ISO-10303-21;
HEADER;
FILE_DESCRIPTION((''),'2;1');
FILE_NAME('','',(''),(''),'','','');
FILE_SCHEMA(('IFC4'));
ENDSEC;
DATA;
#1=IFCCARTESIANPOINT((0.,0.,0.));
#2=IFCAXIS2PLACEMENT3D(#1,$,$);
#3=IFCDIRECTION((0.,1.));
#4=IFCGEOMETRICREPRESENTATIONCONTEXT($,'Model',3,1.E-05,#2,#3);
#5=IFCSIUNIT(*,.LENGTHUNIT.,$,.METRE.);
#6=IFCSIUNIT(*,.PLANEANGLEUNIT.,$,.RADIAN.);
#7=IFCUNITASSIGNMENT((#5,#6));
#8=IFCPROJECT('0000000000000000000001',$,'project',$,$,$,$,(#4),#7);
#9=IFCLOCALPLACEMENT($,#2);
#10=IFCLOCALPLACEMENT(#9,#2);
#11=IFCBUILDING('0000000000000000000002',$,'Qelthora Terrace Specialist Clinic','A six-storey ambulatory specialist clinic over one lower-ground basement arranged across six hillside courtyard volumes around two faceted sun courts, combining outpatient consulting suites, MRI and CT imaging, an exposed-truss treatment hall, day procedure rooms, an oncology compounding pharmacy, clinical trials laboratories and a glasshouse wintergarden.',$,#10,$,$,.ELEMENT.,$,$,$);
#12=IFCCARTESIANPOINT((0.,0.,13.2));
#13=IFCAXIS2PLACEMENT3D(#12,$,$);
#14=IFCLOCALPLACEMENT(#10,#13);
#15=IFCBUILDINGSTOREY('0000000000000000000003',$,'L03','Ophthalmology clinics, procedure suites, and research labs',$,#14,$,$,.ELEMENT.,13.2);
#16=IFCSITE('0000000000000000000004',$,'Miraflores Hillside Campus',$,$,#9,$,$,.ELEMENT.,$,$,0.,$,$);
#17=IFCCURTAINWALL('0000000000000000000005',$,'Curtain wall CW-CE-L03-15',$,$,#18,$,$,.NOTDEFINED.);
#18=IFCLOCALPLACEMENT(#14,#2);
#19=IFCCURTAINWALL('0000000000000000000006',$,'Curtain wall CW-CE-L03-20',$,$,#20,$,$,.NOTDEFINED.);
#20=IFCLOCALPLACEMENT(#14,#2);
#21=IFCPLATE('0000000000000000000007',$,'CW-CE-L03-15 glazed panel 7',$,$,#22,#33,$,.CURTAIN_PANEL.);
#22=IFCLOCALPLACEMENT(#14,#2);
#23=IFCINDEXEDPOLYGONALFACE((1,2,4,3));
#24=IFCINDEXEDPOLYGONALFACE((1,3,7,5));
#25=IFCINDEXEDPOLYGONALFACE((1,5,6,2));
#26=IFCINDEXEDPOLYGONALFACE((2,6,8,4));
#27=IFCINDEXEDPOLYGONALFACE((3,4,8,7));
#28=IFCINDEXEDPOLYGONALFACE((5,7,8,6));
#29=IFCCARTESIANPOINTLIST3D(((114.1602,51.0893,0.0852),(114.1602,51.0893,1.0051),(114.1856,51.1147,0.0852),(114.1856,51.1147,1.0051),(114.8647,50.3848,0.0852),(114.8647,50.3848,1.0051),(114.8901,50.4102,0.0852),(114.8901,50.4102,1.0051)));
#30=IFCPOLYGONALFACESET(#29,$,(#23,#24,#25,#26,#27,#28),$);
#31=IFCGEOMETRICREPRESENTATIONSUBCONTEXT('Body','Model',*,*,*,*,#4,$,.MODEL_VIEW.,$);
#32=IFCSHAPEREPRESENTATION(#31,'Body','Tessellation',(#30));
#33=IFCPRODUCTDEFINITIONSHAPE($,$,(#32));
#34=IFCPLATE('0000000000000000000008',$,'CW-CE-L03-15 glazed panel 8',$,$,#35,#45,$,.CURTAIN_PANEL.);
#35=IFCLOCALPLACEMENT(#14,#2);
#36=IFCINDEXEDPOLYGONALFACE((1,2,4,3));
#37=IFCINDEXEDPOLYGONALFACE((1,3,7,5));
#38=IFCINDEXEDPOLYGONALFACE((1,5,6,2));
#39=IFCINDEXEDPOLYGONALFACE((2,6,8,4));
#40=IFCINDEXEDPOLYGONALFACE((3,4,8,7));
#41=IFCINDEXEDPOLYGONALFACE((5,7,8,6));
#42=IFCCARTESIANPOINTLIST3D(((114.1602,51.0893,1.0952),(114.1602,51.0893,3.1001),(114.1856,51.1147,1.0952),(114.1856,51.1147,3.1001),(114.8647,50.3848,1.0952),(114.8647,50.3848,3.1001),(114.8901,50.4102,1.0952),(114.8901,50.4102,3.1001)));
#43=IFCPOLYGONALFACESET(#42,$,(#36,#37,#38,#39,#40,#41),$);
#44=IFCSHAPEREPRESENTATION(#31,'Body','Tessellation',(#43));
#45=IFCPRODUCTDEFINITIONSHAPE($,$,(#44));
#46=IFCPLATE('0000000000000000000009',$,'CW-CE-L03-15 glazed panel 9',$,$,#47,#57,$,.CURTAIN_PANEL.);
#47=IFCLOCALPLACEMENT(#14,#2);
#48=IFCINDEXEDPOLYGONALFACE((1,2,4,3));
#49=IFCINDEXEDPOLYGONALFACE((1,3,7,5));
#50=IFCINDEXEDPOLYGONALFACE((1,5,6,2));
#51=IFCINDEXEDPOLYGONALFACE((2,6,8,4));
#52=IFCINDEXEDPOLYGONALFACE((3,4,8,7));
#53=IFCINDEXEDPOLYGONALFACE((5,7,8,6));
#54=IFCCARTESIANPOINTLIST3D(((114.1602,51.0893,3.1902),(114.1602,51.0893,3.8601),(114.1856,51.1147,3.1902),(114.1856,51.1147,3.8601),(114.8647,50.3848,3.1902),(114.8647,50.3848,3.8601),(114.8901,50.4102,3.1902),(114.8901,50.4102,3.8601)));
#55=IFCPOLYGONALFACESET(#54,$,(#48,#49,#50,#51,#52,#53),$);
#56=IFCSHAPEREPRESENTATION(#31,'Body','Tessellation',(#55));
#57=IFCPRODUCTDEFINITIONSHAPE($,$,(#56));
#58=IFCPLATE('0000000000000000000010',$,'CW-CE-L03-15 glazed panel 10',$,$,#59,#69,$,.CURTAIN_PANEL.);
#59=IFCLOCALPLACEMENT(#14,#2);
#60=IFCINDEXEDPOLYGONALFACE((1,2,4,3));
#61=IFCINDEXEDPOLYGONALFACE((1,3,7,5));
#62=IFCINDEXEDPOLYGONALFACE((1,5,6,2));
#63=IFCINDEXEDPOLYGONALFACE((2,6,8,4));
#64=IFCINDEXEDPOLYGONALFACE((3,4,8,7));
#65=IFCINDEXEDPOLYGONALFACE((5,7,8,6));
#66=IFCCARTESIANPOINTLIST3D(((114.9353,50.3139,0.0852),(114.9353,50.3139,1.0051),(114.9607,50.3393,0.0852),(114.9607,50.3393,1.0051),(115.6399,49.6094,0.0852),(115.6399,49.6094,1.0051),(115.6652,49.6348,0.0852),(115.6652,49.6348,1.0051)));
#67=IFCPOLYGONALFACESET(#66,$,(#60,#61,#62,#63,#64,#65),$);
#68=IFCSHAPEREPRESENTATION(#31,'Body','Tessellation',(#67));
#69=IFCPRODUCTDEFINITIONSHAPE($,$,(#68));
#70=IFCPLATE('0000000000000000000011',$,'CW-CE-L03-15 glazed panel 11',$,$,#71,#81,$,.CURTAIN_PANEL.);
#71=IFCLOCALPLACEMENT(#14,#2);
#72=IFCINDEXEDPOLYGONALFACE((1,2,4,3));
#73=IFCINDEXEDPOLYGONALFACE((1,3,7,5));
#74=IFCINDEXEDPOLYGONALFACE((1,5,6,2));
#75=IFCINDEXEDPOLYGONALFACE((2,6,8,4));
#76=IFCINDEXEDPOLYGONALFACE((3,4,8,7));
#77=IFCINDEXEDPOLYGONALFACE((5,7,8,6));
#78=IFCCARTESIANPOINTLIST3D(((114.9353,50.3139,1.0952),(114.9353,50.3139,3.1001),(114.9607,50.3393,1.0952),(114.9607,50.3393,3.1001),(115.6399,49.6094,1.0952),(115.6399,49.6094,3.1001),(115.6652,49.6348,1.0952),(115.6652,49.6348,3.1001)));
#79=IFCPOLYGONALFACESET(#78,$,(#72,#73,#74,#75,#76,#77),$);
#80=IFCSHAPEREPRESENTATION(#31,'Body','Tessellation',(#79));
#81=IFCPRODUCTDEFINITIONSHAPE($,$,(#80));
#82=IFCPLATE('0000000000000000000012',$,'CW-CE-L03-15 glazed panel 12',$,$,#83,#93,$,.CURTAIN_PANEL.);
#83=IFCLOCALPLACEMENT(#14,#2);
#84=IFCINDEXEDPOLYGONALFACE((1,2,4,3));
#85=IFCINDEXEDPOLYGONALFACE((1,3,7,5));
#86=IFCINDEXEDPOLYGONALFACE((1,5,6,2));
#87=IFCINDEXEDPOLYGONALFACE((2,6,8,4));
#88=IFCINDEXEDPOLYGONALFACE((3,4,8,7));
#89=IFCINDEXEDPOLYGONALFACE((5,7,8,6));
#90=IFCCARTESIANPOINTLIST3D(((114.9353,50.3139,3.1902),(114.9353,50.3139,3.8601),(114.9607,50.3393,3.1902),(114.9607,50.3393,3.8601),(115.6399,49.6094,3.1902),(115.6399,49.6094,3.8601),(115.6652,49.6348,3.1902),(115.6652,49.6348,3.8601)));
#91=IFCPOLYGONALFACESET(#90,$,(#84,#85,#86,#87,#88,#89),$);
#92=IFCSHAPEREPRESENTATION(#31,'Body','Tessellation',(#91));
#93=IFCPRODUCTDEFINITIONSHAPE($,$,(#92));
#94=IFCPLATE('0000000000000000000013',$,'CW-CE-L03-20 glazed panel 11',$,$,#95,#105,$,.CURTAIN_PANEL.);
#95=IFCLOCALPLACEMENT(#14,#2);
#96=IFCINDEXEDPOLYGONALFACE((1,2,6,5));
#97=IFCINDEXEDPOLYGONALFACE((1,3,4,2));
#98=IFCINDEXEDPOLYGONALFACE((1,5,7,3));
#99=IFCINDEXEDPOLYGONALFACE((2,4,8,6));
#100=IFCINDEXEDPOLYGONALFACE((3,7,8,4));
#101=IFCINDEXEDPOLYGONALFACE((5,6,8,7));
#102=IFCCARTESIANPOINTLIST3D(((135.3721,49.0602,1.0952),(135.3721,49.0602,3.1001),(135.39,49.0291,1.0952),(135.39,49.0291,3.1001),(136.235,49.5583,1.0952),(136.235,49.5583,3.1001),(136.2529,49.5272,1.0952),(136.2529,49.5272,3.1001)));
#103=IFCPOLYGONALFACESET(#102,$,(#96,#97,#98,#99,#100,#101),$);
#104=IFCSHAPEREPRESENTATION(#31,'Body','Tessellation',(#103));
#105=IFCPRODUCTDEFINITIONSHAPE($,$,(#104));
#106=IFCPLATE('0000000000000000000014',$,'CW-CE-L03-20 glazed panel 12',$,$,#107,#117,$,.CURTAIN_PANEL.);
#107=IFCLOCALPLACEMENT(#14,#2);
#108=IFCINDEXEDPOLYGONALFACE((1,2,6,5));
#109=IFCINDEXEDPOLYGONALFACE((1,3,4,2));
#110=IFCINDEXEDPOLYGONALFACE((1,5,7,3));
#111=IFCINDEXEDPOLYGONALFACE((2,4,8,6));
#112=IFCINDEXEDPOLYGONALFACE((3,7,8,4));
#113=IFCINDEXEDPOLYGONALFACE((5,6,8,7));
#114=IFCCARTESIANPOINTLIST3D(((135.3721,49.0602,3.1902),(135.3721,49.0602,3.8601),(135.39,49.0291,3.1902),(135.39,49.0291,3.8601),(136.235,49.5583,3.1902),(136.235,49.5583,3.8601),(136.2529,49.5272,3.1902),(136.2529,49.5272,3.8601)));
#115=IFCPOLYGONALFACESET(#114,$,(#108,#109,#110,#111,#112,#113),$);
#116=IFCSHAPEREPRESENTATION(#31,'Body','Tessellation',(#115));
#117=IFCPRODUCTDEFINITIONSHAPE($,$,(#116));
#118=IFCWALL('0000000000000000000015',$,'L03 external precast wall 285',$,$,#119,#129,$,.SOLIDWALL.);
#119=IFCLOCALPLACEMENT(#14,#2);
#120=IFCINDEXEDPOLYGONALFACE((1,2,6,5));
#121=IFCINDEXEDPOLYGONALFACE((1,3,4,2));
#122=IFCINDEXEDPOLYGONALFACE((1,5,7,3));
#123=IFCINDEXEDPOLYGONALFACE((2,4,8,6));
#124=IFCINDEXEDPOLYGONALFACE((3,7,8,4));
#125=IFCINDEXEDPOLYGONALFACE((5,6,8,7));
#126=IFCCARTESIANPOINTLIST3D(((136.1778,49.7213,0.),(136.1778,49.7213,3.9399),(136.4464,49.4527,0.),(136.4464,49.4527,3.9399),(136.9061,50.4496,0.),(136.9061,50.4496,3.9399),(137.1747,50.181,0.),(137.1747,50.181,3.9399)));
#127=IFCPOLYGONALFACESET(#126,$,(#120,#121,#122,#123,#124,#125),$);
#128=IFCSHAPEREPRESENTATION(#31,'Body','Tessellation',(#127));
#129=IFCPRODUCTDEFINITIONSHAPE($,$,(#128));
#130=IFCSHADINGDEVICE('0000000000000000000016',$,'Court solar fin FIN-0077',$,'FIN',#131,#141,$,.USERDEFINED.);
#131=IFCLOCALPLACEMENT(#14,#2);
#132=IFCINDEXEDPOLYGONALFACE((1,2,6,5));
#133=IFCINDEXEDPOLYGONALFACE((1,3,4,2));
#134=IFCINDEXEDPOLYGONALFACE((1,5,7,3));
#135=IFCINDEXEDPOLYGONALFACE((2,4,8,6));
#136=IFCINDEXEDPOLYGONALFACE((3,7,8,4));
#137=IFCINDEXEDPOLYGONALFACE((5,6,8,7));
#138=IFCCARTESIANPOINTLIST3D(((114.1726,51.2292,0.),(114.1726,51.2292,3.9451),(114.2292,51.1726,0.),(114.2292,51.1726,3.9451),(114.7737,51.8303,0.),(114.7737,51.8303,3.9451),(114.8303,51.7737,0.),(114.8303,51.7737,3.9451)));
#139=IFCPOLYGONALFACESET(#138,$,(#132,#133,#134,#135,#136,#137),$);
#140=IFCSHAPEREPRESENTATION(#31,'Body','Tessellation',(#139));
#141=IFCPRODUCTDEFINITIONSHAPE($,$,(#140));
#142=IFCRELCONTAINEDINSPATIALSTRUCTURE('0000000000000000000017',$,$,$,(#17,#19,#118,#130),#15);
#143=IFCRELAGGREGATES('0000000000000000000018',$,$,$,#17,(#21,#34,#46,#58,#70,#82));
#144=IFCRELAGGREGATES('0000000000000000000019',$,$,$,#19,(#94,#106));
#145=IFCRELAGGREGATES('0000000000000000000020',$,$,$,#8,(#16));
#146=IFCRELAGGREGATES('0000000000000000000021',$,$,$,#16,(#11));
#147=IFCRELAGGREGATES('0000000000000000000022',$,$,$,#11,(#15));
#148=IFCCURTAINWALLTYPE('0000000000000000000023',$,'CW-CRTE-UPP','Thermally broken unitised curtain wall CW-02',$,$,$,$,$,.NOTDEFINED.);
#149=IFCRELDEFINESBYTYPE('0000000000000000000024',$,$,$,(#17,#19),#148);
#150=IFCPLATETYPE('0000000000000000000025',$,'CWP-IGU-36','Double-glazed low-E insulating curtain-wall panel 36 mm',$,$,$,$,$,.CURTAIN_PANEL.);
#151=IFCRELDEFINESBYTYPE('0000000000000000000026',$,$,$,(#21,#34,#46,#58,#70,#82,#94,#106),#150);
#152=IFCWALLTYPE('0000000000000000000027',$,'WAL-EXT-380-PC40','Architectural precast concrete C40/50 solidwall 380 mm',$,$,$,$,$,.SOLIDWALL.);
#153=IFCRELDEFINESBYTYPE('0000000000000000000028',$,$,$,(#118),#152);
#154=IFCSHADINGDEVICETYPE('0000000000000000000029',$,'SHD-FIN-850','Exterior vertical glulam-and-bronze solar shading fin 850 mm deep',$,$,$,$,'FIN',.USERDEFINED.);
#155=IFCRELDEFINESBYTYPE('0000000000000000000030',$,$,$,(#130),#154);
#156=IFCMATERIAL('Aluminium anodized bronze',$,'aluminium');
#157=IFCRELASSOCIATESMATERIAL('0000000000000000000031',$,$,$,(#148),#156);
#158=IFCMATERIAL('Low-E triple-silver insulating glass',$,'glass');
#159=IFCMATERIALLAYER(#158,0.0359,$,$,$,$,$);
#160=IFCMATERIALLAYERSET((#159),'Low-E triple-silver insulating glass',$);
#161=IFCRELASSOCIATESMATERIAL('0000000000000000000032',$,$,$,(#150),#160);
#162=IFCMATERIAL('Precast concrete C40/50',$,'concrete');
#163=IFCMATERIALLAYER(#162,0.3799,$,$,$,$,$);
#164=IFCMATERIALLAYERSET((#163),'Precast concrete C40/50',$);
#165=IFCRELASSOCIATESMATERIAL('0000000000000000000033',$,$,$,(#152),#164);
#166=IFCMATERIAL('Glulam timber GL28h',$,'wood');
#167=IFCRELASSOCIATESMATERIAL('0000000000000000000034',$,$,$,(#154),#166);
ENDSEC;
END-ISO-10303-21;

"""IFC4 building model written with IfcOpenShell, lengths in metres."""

from ifc_helpers import new_model, si_unit, direction, frame, frame_2d, origin, origin_2d, place, context, subcontext, project, spatial, rectangle, extrude, material, layer, layer_set, type_object, element, aggregate, save


model = new_model("IFC4")

# Units and contexts
model_context = context("Model", 3, precision=1e-05, world=origin(), true_north=direction((0.0, 1.0)))
body_context = subcontext(model_context, "Body", "Model", "MODEL_VIEW")
ifc_project = project(units=[si_unit("LENGTHUNIT", "METRE"), si_unit("PLANEANGLEUNIT", "RADIAN")], contexts=[model_context])

# Site, building, storey
site_placement = place(None, origin())
site = spatial("IfcSite", under=ifc_project, at=site_placement, Name="Miraflores Hillside Campus", CompositionType="ELEMENT", RefElevation=0.0)
building_placement = place(site_placement, origin())
building = spatial("IfcBuilding", under=site, at=building_placement, Name="Qelthora Terrace Specialist Clinic", Description="A six-storey ambulatory specialist clinic over one lower-ground basement arranged across six hillside courtyard volumes around two faceted sun courts, combining outpatient consulting suites, MRI and CT imaging, an exposed-truss treatment hall, day procedure rooms, an oncology compounding pharmacy, clinical trials laboratories and a glasshouse wintergarden.", CompositionType="ELEMENT")
storey_placement = place(building_placement, frame((0.0, 0.0, 13.2)))
storey = spatial("IfcBuildingStorey", under=building, at=storey_placement, Name="L03", Description="Ophthalmology clinics, procedure suites, and research labs", CompositionType="ELEMENT", Elevation=13.2)

# Curtain wall
ifc_material_1 = material(Name="Aluminium anodized bronze", Category="aluminium")
curtain_wall_type = type_object("IfcCurtainWallType", Name="CW-CRTE-UPP", Description="Thermally broken unitised curtain wall CW-02", PredefinedType="NOTDEFINED", material=ifc_material_1)
curtain_wall_1_placement = place(storey_placement, origin())
curtain_wall_1 = element("IfcCurtainWall", 1, at=curtain_wall_1_placement, inside=storey, type_object=curtain_wall_type, Name="Curtain wall CW-CE-L03-15", PredefinedType="NOTDEFINED")

# Curtain wall
curtain_wall_2_placement = place(storey_placement, origin())
curtain_wall_2 = element("IfcCurtainWall", 2, at=curtain_wall_2_placement, inside=storey, type_object=curtain_wall_type, Name="Curtain wall CW-CE-L03-20", PredefinedType="NOTDEFINED")

# Plates
ifc_material_2 = material(Name="Low-E triple-silver insulating glass", Category="glass")
ifc_layer_1 = layer(ifc_material_2, 0.0359)
ifc_layer_set_1 = layer_set([ifc_layer_1], Name="Low-E triple-silver insulating glass")
plate_type = type_object("IfcPlateType", Name="CWP-IGU-36", Description="Double-glazed low-E insulating curtain-wall panel 36 mm", PredefinedType="CURTAIN_PANEL", material=ifc_layer_set_1)
plate_1_placement = place(storey_placement, frame((114.5251, 50.7498, 0.0852), z_axis=(0.0, 0.0, 1.0), x_axis=(0.707107, -0.707107, 0.0)))
plate_1 = element("IfcPlate", 3, at=plate_1_placement, type_object=plate_type, Name="CW-CE-L03-15 glazed panel 7", PredefinedType="CURTAIN_PANEL", context=body_context, shape_type="SweptSolid", body=[
    extrude(rectangle(XDim=0.9963, YDim=0.0359, at=origin_2d()), origin(), (0.0, 0.0, 1.0), 0.9199),
])
plate_2_placement = place(storey_placement, frame((114.5251, 50.7498, 1.0952), z_axis=(0.0, 0.0, 1.0), x_axis=(0.707107, -0.707107, 0.0)))
plate_2 = element("IfcPlate", 4, at=plate_2_placement, type_object=plate_type, Name="CW-CE-L03-15 glazed panel 8", PredefinedType="CURTAIN_PANEL", context=body_context, shape_type="SweptSolid", body=[
    extrude(rectangle(XDim=0.9963, YDim=0.0359, at=origin_2d()), origin(), (0.0, 0.0, 1.0), 2.0049),
])
plate_3_placement = place(storey_placement, frame((114.5251, 50.7498, 3.1902), z_axis=(0.0, 0.0, 1.0), x_axis=(0.707107, -0.707107, 0.0)))
plate_3 = element("IfcPlate", 5, at=plate_3_placement, type_object=plate_type, Name="CW-CE-L03-15 glazed panel 9", PredefinedType="CURTAIN_PANEL", context=body_context, shape_type="SweptSolid", body=[
    extrude(rectangle(XDim=0.9963, YDim=0.0359, at=origin_2d()), origin(), (0.0, 0.0, 1.0), 0.6699),
])
plate_4_placement = place(storey_placement, frame((115.3003, 49.9744, 0.0852), z_axis=(0.0, 0.0, 1.0), x_axis=(0.707107, -0.707107, 0.0)))
plate_4 = element("IfcPlate", 6, at=plate_4_placement, type_object=plate_type, Name="CW-CE-L03-15 glazed panel 10", PredefinedType="CURTAIN_PANEL", context=body_context, shape_type="SweptSolid", body=[
    extrude(rectangle(XDim=0.9963, YDim=0.0359, at=origin_2d()), origin(), (0.0, 0.0, 1.0), 0.9199),
])
plate_5_placement = place(storey_placement, frame((115.3003, 49.9744, 1.0952), z_axis=(0.0, 0.0, 1.0), x_axis=(0.707107, -0.707107, 0.0)))
plate_5 = element("IfcPlate", 7, at=plate_5_placement, type_object=plate_type, Name="CW-CE-L03-15 glazed panel 11", PredefinedType="CURTAIN_PANEL", context=body_context, shape_type="SweptSolid", body=[
    extrude(rectangle(XDim=0.9963, YDim=0.0359, at=origin_2d()), origin(), (0.0, 0.0, 1.0), 2.0049),
])
plate_6_placement = place(storey_placement, frame((115.3003, 49.9744, 3.1902), z_axis=(0.0, 0.0, 1.0), x_axis=(0.707107, -0.707107, 0.0)))
plate_6 = element("IfcPlate", 8, at=plate_6_placement, type_object=plate_type, Name="CW-CE-L03-15 glazed panel 12", PredefinedType="CURTAIN_PANEL", context=body_context, shape_type="SweptSolid", body=[
    extrude(rectangle(XDim=0.9963, YDim=0.0359, at=origin_2d()), origin(), (0.0, 0.0, 1.0), 0.6699),
])
aggregate(curtain_wall_1, [plate_1, plate_2, plate_3, plate_4, plate_5, plate_6])
plate_7_placement = place(storey_placement, frame((135.8125, 49.2937, 1.0952), z_axis=(0.0, 0.0, 1.0), x_axis=(0.866025, 0.5, 0.0)))
plate_7 = element("IfcPlate", 9, at=plate_7_placement, type_object=plate_type, Name="CW-CE-L03-20 glazed panel 11", PredefinedType="CURTAIN_PANEL", context=body_context, shape_type="SweptSolid", body=[
    extrude(rectangle(XDim=0.9963, YDim=0.0359, at=origin_2d()), origin(), (0.0, 0.0, 1.0), 2.0049),
])
plate_8_placement = place(storey_placement, frame((135.8125, 49.2937, 3.1902), z_axis=(0.0, 0.0, 1.0), x_axis=(0.866025, 0.5, 0.0)))
plate_8 = element("IfcPlate", 10, at=plate_8_placement, type_object=plate_type, Name="CW-CE-L03-20 glazed panel 12", PredefinedType="CURTAIN_PANEL", context=body_context, shape_type="SweptSolid", body=[
    extrude(rectangle(XDim=0.9963, YDim=0.0359, at=origin_2d()), origin(), (0.0, 0.0, 1.0), 0.6699),
])
aggregate(curtain_wall_2, [plate_7, plate_8])

# Wall
ifc_material_3 = material(Name="Precast concrete C40/50", Category="concrete")
ifc_layer_2 = layer(ifc_material_3, 0.3799)
ifc_layer_set_2 = layer_set([ifc_layer_2], Name="Precast concrete C40/50")
wall_type = type_object("IfcWallType", Name="WAL-EXT-380-PC40", Description="Architectural precast concrete C40/50 solidwall 380 mm", PredefinedType="SOLIDWALL", material=ifc_layer_set_2)
wall_placement = place(storey_placement, frame((136.312, 49.5869, 0.0), z_axis=(0.0, 0.0, 1.0), x_axis=(0.707107, 0.707107, 0.0)))
element("IfcWall", 11, at=wall_placement, inside=storey, type_object=wall_type, Name="L03 external precast wall 285", PredefinedType="SOLIDWALL", context=body_context, shape_type="SweptSolid", body=[
    extrude(rectangle(XDim=1.03, YDim=0.3799, at=frame_2d((0.5151, 0.0))), origin(), (0.0, 0.0, 1.0), 3.9399),
])

# Shading device
ifc_material_4 = material(Name="Glulam timber GL28h", Category="wood")
shading_device_type = type_object("IfcShadingDeviceType", Name="SHD-FIN-850", Description="Exterior vertical glulam-and-bronze solar shading fin 850 mm deep", ElementType="FIN", PredefinedType="USERDEFINED", material=ifc_material_4)
shading_device_placement = place(storey_placement, frame((114.5015, 51.5015, 0.0), z_axis=(0.0, 0.0, 1.0), x_axis=(0.707107, 0.707107, 0.0)))
element("IfcShadingDevice", 12, at=shading_device_placement, inside=storey, type_object=shading_device_type, Name="Court solar fin FIN-0077", ObjectType="FIN", PredefinedType="USERDEFINED", context=body_context, shape_type="SweptSolid", body=[
    extrude(rectangle(XDim=0.8501, YDim=0.0801, at=origin_2d()), origin(), (0.0, 0.0, 1.0), 3.9451),
])

save(model, "model.ifc")
